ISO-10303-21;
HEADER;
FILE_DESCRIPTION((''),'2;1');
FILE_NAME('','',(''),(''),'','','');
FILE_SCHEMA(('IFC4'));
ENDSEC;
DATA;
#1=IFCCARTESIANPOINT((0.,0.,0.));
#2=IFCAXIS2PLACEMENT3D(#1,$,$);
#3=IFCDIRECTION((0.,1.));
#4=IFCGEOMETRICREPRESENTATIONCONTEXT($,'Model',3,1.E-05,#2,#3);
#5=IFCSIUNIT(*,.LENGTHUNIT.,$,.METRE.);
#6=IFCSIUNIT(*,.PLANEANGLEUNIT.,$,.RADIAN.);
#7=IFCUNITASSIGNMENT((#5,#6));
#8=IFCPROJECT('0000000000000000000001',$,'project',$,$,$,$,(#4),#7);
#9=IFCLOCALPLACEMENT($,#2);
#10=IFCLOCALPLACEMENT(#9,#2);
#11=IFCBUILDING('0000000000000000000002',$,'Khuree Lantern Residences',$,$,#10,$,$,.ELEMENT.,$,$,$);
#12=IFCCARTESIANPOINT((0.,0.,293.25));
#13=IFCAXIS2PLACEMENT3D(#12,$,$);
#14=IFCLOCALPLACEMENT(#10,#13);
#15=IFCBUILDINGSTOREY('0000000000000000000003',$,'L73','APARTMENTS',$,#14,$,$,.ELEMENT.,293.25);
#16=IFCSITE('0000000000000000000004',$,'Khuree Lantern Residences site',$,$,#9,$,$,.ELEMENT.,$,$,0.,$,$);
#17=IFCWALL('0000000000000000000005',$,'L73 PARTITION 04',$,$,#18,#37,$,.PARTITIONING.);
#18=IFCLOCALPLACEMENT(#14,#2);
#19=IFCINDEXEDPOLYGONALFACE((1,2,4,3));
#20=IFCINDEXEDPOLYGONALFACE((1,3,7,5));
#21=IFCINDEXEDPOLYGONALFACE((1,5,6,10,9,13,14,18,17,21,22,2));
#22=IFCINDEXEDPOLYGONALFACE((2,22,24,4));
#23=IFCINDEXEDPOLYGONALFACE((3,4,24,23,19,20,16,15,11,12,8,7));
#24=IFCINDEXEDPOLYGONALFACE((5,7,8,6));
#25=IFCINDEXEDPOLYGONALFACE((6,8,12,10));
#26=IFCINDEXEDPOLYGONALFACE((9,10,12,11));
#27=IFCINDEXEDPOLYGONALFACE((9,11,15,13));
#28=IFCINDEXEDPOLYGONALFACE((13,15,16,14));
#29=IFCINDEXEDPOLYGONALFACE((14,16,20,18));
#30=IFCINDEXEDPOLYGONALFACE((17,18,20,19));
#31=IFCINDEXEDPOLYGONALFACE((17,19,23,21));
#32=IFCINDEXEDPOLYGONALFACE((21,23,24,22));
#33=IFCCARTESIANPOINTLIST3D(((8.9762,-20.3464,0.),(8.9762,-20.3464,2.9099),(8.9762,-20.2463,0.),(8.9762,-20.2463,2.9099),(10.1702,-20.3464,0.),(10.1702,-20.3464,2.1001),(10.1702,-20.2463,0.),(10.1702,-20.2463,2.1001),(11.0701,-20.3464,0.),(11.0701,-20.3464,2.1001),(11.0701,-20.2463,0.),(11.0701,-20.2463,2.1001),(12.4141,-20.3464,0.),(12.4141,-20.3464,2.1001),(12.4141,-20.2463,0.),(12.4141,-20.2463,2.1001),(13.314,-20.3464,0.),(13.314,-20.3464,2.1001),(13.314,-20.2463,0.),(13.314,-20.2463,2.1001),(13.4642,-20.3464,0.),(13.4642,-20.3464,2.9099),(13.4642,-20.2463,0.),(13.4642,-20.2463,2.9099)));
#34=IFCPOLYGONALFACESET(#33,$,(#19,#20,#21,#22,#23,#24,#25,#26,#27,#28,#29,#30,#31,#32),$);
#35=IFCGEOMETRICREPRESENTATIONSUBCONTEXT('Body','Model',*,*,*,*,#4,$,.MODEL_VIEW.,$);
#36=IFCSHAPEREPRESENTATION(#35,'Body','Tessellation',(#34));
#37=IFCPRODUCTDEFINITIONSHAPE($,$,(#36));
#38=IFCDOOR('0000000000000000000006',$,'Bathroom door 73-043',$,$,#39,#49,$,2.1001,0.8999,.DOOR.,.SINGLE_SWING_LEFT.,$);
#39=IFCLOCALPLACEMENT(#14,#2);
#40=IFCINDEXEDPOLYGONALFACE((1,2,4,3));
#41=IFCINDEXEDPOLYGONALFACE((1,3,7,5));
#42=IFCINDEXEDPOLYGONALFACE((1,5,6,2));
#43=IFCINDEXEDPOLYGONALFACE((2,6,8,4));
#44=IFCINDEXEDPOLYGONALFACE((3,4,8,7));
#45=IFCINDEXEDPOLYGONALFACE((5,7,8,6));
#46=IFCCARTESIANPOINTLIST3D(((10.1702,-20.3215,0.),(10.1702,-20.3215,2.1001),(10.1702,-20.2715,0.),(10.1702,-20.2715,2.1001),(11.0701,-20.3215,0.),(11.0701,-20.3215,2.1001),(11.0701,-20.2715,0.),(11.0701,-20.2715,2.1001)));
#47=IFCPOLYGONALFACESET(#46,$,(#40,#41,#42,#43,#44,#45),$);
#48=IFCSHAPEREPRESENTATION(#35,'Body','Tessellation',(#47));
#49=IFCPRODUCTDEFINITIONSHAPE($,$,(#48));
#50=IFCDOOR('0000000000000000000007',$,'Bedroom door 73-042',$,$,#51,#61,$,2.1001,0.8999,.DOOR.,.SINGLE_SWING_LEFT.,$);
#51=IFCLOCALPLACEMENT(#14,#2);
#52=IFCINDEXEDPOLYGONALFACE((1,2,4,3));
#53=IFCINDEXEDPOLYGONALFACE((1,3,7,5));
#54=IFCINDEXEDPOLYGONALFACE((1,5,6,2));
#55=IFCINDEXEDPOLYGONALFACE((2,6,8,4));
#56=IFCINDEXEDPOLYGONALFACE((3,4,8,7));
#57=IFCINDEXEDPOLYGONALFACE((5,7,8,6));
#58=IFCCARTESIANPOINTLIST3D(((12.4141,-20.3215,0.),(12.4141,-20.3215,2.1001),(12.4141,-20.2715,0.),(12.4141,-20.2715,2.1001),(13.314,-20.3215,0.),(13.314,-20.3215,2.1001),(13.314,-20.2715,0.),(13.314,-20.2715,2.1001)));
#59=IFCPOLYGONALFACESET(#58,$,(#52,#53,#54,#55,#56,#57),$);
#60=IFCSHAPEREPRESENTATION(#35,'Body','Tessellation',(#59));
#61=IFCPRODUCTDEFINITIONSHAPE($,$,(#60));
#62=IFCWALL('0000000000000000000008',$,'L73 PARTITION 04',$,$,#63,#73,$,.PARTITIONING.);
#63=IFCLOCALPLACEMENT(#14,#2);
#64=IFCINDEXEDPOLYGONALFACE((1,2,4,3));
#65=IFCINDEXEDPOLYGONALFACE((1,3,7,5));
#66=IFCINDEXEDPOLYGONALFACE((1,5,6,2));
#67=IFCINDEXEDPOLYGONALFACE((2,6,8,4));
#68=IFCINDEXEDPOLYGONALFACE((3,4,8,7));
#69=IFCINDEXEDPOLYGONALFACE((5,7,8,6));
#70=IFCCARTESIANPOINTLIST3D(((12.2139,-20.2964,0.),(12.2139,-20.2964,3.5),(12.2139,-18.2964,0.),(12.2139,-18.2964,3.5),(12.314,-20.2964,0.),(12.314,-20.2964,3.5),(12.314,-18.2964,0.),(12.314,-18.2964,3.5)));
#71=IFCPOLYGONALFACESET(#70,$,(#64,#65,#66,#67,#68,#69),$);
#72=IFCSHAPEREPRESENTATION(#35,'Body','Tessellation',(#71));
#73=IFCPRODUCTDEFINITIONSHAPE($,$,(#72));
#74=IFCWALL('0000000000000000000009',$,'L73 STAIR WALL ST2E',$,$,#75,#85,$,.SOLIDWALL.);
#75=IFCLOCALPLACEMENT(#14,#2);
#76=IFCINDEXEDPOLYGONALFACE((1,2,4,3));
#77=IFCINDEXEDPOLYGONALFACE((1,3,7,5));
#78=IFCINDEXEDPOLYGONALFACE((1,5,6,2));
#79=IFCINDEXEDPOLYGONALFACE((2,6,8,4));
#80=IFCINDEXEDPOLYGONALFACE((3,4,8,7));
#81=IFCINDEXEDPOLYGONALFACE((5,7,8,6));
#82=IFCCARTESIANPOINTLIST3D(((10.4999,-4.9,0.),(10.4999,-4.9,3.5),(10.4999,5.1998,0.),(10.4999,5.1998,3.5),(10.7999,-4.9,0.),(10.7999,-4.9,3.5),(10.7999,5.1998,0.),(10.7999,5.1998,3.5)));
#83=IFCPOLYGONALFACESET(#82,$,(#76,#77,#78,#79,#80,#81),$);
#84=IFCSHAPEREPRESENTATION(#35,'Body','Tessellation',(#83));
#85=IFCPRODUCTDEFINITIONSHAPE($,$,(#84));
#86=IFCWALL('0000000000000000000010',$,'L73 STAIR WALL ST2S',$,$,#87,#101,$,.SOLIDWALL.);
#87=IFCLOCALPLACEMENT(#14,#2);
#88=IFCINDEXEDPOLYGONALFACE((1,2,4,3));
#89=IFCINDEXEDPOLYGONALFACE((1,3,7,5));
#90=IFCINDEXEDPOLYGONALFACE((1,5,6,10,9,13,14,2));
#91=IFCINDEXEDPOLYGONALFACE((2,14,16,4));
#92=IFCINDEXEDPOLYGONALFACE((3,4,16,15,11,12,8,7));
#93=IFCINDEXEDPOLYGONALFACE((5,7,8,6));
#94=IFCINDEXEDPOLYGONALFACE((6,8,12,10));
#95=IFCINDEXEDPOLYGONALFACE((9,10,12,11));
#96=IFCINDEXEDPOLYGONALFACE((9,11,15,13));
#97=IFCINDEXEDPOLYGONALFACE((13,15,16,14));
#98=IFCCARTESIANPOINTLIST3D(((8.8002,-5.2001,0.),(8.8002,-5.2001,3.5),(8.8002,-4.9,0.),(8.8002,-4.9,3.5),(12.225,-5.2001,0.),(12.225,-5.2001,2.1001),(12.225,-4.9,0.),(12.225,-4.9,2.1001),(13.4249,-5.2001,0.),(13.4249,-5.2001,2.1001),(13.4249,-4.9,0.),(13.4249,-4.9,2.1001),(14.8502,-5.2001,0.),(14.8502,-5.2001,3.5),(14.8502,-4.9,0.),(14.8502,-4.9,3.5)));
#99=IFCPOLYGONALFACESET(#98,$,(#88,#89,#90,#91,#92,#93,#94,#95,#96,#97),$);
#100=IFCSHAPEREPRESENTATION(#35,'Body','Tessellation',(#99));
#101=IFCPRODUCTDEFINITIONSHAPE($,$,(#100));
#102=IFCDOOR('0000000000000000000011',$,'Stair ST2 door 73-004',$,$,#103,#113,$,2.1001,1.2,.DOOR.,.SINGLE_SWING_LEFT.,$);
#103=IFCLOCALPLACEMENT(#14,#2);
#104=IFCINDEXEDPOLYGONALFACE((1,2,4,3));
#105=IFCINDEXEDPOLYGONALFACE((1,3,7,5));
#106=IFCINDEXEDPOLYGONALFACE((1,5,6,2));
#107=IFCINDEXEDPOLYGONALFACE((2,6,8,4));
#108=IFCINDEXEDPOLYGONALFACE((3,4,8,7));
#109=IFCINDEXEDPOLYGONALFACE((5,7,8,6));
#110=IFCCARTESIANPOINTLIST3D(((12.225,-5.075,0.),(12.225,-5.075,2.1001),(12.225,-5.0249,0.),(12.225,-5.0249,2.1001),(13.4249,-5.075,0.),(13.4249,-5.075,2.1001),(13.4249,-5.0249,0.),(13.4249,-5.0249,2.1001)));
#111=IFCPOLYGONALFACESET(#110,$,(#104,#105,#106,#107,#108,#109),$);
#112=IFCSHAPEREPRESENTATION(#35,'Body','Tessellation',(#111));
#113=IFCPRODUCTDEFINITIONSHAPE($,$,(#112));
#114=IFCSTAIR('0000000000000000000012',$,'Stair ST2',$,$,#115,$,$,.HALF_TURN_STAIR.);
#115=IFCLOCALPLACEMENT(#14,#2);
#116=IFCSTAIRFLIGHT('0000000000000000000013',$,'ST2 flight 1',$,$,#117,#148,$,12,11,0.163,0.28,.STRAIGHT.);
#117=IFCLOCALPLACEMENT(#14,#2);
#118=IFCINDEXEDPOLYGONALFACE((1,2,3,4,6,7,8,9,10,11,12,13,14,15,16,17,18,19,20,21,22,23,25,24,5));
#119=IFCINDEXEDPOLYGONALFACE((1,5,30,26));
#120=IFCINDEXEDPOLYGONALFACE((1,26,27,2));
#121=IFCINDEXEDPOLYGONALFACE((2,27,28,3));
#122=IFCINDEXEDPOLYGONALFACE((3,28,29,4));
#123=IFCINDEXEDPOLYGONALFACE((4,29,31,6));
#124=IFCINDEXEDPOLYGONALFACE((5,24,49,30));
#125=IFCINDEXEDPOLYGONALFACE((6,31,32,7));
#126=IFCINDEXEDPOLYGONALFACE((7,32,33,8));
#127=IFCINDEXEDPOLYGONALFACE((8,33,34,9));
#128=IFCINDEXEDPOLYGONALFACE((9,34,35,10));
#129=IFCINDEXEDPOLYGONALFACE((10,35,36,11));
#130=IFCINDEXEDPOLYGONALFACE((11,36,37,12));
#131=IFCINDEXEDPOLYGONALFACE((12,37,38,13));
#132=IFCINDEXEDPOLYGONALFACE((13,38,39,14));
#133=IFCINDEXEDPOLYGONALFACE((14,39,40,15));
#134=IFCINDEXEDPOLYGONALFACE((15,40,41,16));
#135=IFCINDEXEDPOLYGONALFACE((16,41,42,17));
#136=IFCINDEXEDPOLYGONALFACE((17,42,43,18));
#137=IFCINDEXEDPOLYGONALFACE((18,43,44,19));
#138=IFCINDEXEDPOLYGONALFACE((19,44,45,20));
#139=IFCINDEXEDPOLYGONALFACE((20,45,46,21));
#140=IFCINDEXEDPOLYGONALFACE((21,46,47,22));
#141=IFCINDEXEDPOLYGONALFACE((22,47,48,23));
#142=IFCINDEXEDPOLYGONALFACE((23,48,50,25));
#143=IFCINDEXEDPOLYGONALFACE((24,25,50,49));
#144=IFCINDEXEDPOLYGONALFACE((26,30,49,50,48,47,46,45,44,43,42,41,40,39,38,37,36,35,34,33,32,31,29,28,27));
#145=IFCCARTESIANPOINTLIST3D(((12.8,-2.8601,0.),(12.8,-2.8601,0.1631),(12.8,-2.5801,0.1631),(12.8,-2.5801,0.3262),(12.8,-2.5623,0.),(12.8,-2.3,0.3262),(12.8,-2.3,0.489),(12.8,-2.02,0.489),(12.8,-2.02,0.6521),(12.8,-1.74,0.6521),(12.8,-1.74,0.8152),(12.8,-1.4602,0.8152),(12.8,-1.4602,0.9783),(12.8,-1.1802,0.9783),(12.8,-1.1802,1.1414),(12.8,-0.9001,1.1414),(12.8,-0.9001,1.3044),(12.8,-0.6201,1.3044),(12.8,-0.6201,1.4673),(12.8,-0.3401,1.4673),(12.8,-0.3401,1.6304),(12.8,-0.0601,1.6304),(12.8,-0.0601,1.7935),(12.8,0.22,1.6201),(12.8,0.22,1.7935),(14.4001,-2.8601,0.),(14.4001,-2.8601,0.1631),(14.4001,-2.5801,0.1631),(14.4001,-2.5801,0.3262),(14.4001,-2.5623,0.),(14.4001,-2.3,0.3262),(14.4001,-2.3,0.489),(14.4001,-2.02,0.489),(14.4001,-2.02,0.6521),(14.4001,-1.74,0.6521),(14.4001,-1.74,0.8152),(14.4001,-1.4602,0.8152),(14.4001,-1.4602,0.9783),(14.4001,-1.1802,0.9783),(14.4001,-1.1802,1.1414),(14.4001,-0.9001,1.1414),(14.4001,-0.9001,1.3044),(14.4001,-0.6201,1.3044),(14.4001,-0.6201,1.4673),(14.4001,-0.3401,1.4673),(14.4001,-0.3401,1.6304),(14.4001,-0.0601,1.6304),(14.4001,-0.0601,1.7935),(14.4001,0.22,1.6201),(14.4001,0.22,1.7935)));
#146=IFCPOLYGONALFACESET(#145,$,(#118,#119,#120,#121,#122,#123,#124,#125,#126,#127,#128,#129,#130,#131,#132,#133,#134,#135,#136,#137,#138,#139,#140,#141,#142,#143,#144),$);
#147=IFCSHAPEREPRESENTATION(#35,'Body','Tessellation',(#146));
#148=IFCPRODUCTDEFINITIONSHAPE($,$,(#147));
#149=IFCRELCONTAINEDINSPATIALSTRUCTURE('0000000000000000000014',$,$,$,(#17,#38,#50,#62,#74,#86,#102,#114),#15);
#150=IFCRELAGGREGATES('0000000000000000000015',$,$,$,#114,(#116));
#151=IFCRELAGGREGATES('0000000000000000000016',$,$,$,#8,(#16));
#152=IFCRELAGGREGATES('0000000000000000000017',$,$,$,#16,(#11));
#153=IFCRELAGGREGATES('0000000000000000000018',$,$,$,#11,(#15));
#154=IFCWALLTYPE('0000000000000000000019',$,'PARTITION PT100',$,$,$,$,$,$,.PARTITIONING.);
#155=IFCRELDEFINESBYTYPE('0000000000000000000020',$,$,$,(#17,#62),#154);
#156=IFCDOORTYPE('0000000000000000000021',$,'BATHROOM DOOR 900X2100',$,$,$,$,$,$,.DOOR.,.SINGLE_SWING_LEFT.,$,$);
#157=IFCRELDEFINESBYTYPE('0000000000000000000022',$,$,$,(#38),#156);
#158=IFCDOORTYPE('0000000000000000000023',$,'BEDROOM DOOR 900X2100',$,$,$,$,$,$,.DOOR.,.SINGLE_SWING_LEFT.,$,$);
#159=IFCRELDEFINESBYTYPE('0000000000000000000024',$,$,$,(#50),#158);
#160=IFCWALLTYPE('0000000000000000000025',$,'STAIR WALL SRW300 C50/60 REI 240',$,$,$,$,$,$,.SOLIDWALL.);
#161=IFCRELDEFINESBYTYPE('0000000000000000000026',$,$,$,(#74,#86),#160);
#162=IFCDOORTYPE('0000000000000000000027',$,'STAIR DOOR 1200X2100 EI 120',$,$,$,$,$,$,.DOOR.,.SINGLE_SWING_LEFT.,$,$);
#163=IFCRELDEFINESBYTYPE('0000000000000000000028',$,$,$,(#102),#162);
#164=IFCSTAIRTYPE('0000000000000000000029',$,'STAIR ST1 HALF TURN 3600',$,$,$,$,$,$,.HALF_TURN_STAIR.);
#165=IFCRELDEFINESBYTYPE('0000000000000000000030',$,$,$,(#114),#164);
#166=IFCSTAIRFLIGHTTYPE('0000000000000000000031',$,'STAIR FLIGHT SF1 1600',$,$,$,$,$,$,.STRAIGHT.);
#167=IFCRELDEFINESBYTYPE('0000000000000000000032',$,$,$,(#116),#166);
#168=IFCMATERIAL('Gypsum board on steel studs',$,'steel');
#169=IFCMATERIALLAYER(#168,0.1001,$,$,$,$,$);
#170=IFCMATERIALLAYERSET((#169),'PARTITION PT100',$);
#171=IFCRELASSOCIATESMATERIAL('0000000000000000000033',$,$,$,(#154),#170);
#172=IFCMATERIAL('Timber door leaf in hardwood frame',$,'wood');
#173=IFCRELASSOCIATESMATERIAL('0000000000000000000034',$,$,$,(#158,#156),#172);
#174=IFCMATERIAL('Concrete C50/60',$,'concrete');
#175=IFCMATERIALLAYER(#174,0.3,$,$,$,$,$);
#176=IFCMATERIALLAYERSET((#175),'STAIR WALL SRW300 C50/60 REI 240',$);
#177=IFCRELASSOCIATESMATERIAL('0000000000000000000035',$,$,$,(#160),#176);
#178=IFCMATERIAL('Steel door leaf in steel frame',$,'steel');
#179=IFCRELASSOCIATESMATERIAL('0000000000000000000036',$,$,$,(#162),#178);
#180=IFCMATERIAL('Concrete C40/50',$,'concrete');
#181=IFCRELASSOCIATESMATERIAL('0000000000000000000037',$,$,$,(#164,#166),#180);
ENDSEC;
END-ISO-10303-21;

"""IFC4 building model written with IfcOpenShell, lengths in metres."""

from ifc_helpers import new_model, si_unit, direction, frame, frame_2d, origin, place, context, subcontext, project, spatial, polyline, rectangle, outline, extrude, material, layer, layer_set, type_object, element, fill, aggregate, save


model = new_model("IFC4")

# Units and contexts
model_context = context("Model", 3, precision=1e-05, world=origin(), true_north=direction((0.0, 1.0)))
body_context = subcontext(model_context, "Body", "Model", "MODEL_VIEW")
ifc_project = project(units=[si_unit("LENGTHUNIT", "METRE"), si_unit("PLANEANGLEUNIT", "RADIAN")], contexts=[model_context])

# Site, building, storey
site_placement = place(None, origin())
site = spatial("IfcSite", under=ifc_project, at=site_placement, Name="Khuree Lantern Residences site", CompositionType="ELEMENT", RefElevation=0.0)
building_placement = place(site_placement, origin())
building = spatial("IfcBuilding", under=site, at=building_placement, Name="Khuree Lantern Residences", CompositionType="ELEMENT")
storey_placement = place(building_placement, frame((0.0, 0.0, 293.25)))
storey = spatial("IfcBuildingStorey", under=building, at=storey_placement, Name="L73", Description="APARTMENTS", CompositionType="ELEMENT", Elevation=293.25)

# Shared definitions
ifc_material_1 = material(Name="Timber door leaf in hardwood frame", Category="wood")

# Shared definitions
ifc_material_2 = material(Name="Concrete C50/60", Category="concrete")
ifc_material_3 = material(Name="Steel door leaf in steel frame", Category="steel")

# Shared definitions
ifc_material_4 = material(Name="Gypsum board on steel studs", Category="steel")
ifc_layer_1 = layer(ifc_material_4, 0.1001)
ifc_layer_set_1 = layer_set([ifc_layer_1], Name="PARTITION PT100")
wall_type_1 = type_object("IfcWallType", Name="PARTITION PT100", PredefinedType="PARTITIONING", material=ifc_layer_set_1)

# Shared definitions
door_type_1 = type_object("IfcDoorType", Name="BEDROOM DOOR 900X2100", OperationType="SINGLE_SWING_LEFT", PredefinedType="DOOR", material=ifc_material_1)

# Wall, openings, doors
wall_1_placement = place(storey_placement, frame((8.9761, -20.2964, 0.0), z_axis=(0.0, 0.0, 1.0), x_axis=(1.0, 0.0, 0.0)))
wall_1 = element("IfcWall", 1, at=wall_1_placement, inside=storey, type_object=wall_type_1, Name="L73 PARTITION 04", PredefinedType="PARTITIONING", context=body_context, shape_type="SweptSolid", body=[
    extrude(rectangle(XDim=4.488, YDim=0.1001, at=frame_2d((2.2441, 0.0))), origin(), (0.0, 0.0, 1.0), 2.9099),
])
opening_1_placement = place(wall_1_placement, frame((3.438, 0.0, 0.0)))
opening_1 = element("IfcOpeningElement", 2, at=opening_1_placement, cuts=wall_1, PredefinedType="OPENING", context=body_context, shape_type="SweptSolid", body=[
    extrude(rectangle(XDim=0.8999, YDim=2.1001, at=frame_2d((0.45, 1.05))), frame((0.0, 0.0601, 0.0), z_axis=(0.0, -1.0, 0.0), x_axis=(1.0, 0.0, 0.0)), (0.0, 0.0, 1.0), 0.1201),
])
opening_2_placement = place(wall_1_placement, frame((1.1941, 0.0, 0.0)))
opening_2 = element("IfcOpeningElement", 3, at=opening_2_placement, cuts=wall_1, PredefinedType="OPENING", context=body_context, shape_type="SweptSolid", body=[
    extrude(rectangle(XDim=0.8999, YDim=2.1001, at=frame_2d((0.45, 1.05))), frame((0.0, 0.0601, 0.0), z_axis=(0.0, -1.0, 0.0), x_axis=(1.0, 0.0, 0.0)), (0.0, 0.0, 1.0), 0.1201),
])
door_type_2 = type_object("IfcDoorType", Name="BATHROOM DOOR 900X2100", OperationType="SINGLE_SWING_LEFT", PredefinedType="DOOR", material=ifc_material_1)
door_1_placement = place(opening_2_placement, origin())
door_1 = element("IfcDoor", 4, at=door_1_placement, inside=storey, type_object=door_type_2, Name="Bathroom door 73-043", OperationType="SINGLE_SWING_LEFT", OverallHeight=2.1001, OverallWidth=0.8999, PredefinedType="DOOR", context=body_context, shape_type="SweptSolid", body=[
    extrude(rectangle(XDim=0.8999, YDim=2.1001, at=frame_2d((0.45, 1.05))), frame((0.0, 0.0249, 0.0), z_axis=(0.0, -1.0, 0.0), x_axis=(1.0, 0.0, 0.0)), (0.0, 0.0, 1.0), 0.05),
])
fill(opening_2, door_1)
door_2_placement = place(opening_1_placement, origin())
door_2 = element("IfcDoor", 5, at=door_2_placement, inside=storey, type_object=door_type_1, Name="Bedroom door 73-042", OperationType="SINGLE_SWING_LEFT", OverallHeight=2.1001, OverallWidth=0.8999, PredefinedType="DOOR", context=body_context, shape_type="SweptSolid", body=[
    extrude(rectangle(XDim=0.8999, YDim=2.1001, at=frame_2d((0.45, 1.05))), frame((0.0, 0.0249, 0.0), z_axis=(0.0, -1.0, 0.0), x_axis=(1.0, 0.0, 0.0)), (0.0, 0.0, 1.0), 0.05),
])
fill(opening_1, door_2)

# Walls
wall_2_placement = place(storey_placement, frame((12.2639, -18.2964, 0.0), z_axis=(0.0, 0.0, 1.0), x_axis=(0.0, -1.0, 0.0)))
element("IfcWall", 6, at=wall_2_placement, inside=storey, type_object=wall_type_1, Name="L73 PARTITION 04", PredefinedType="PARTITIONING", context=body_context, shape_type="SweptSolid", body=[
    extrude(rectangle(XDim=2.0, YDim=0.1001, at=frame_2d((1.0, 0.0))), origin(), (0.0, 0.0, 1.0), 3.5),
])
ifc_layer_2 = layer(ifc_material_2, 0.3)
ifc_layer_set_2 = layer_set([ifc_layer_2], Name="STAIR WALL SRW300 C50/60 REI 240")
wall_type_2 = type_object("IfcWallType", Name="STAIR WALL SRW300 C50/60 REI 240", PredefinedType="SOLIDWALL", material=ifc_layer_set_2)
wall_3_placement = place(storey_placement, frame((10.6499, -4.8999, 0.0), z_axis=(0.0, 0.0, 1.0), x_axis=(0.0, 1.0, 0.0)))
element("IfcWall", 7, at=wall_3_placement, inside=storey, type_object=wall_type_2, Name="L73 STAIR WALL ST2E", PredefinedType="SOLIDWALL", context=body_context, shape_type="SweptSolid", body=[
    extrude(rectangle(XDim=10.0999, YDim=0.3, at=frame_2d((5.0498, 0.0))), origin(), (0.0, 0.0, 1.0), 3.5),
])

# Wall, opening, door
wall_4_placement = place(storey_placement, frame((14.8501, -5.05, 0.0), z_axis=(0.0, 0.0, 1.0), x_axis=(-1.0, 0.0, 0.0)))
wall_4 = element("IfcWall", 8, at=wall_4_placement, inside=storey, type_object=wall_type_2, Name="L73 STAIR WALL ST2S", PredefinedType="SOLIDWALL", context=body_context, shape_type="SweptSolid", body=[
    extrude(rectangle(XDim=6.05, YDim=0.3, at=frame_2d((3.0249, 0.0))), origin(), (0.0, 0.0, 1.0), 3.5),
])
opening_3_placement = place(wall_4_placement, frame((1.425, 0.0, 0.0)))
opening_3 = element("IfcOpeningElement", 9, at=opening_3_placement, cuts=wall_4, PredefinedType="OPENING", context=body_context, shape_type="SweptSolid", body=[
    extrude(rectangle(XDim=1.2, YDim=2.1001, at=frame_2d((0.6001, 1.05))), frame((0.0, 0.1602, 0.0), z_axis=(0.0, -1.0, 0.0), x_axis=(1.0, 0.0, 0.0)), (0.0, 0.0, 1.0), 0.3201),
])
door_type_3 = type_object("IfcDoorType", Name="STAIR DOOR 1200X2100 EI 120", OperationType="SINGLE_SWING_LEFT", PredefinedType="DOOR", material=ifc_material_3)
door_3_placement = place(opening_3_placement, origin())
door_3 = element("IfcDoor", 10, at=door_3_placement, inside=storey, type_object=door_type_3, Name="Stair ST2 door 73-004", OperationType="SINGLE_SWING_LEFT", OverallHeight=2.1001, OverallWidth=1.2, PredefinedType="DOOR", context=body_context, shape_type="SweptSolid", body=[
    extrude(rectangle(XDim=1.2, YDim=2.1001, at=frame_2d((0.6001, 1.05))), frame((0.0, 0.0249, 0.0), z_axis=(0.0, -1.0, 0.0), x_axis=(1.0, 0.0, 0.0)), (0.0, 0.0, 1.0), 0.05),
])
fill(opening_3, door_3)

# Stair, stair flight
ifc_material_5 = material(Name="Concrete C40/50", Category="concrete")
stair_type = type_object("IfcStairType", Name="STAIR ST1 HALF TURN 3600", PredefinedType="HALF_TURN_STAIR", material=ifc_material_5)
stair_placement = place(storey_placement, origin())
stair = element("IfcStair", 11, at=stair_placement, inside=storey, type_object=stair_type, Name="Stair ST2", PredefinedType="HALF_TURN_STAIR")
stair_flight_type = type_object("IfcStairFlightType", Name="STAIR FLIGHT SF1 1600", PredefinedType="STRAIGHT", material=ifc_material_5)
stair_flight_1_placement = place(storey_placement, frame((13.6001, -2.8601, 0.0), z_axis=(0.0, 0.0, 1.0), x_axis=(0.0, 1.0, 0.0)))
stair_flight_1 = element("IfcStairFlight", 12, at=stair_flight_1_placement, type_object=stair_flight_type, Name="ST2 flight 1", NumberOfRisers=12, NumberOfTreads=11, PredefinedType="STRAIGHT", RiserHeight=0.163, TreadLength=0.28, context=body_context, shape_type="SweptSolid", body=[
    extrude(outline(polyline([(0.0, 0.0), (0.0, 0.1631), (0.28, 0.1631), (0.28, 0.3262), (0.5601, 0.3262), (0.5601, 0.489), (0.8401, 0.489), (0.8401, 0.6521), (1.1201, 0.6521), (1.1201, 0.8152), (1.3999, 0.8152), (1.3999, 0.9783), (1.6799, 0.9783), (1.6799, 1.1414), (1.96, 1.1414), (1.96, 1.3044), (2.24, 1.3044), (2.24, 1.4673), (2.52, 1.4673), (2.52, 1.6304), (2.8, 1.6304), (2.8, 1.7935), (3.0801, 1.7935), (3.0801, 1.9565), (3.0801, 1.6201), (0.2979, 0.0), (0.0, 0.0)])), frame((0.0, 0.8, 0.0), z_axis=(0.0, -1.0, 0.0), x_axis=(1.0, 0.0, 0.0)), (0.0, 0.0, 1.0), 1.6001),
])
aggregate(stair, [stair_flight_1])

save(model, "model.ifc")
